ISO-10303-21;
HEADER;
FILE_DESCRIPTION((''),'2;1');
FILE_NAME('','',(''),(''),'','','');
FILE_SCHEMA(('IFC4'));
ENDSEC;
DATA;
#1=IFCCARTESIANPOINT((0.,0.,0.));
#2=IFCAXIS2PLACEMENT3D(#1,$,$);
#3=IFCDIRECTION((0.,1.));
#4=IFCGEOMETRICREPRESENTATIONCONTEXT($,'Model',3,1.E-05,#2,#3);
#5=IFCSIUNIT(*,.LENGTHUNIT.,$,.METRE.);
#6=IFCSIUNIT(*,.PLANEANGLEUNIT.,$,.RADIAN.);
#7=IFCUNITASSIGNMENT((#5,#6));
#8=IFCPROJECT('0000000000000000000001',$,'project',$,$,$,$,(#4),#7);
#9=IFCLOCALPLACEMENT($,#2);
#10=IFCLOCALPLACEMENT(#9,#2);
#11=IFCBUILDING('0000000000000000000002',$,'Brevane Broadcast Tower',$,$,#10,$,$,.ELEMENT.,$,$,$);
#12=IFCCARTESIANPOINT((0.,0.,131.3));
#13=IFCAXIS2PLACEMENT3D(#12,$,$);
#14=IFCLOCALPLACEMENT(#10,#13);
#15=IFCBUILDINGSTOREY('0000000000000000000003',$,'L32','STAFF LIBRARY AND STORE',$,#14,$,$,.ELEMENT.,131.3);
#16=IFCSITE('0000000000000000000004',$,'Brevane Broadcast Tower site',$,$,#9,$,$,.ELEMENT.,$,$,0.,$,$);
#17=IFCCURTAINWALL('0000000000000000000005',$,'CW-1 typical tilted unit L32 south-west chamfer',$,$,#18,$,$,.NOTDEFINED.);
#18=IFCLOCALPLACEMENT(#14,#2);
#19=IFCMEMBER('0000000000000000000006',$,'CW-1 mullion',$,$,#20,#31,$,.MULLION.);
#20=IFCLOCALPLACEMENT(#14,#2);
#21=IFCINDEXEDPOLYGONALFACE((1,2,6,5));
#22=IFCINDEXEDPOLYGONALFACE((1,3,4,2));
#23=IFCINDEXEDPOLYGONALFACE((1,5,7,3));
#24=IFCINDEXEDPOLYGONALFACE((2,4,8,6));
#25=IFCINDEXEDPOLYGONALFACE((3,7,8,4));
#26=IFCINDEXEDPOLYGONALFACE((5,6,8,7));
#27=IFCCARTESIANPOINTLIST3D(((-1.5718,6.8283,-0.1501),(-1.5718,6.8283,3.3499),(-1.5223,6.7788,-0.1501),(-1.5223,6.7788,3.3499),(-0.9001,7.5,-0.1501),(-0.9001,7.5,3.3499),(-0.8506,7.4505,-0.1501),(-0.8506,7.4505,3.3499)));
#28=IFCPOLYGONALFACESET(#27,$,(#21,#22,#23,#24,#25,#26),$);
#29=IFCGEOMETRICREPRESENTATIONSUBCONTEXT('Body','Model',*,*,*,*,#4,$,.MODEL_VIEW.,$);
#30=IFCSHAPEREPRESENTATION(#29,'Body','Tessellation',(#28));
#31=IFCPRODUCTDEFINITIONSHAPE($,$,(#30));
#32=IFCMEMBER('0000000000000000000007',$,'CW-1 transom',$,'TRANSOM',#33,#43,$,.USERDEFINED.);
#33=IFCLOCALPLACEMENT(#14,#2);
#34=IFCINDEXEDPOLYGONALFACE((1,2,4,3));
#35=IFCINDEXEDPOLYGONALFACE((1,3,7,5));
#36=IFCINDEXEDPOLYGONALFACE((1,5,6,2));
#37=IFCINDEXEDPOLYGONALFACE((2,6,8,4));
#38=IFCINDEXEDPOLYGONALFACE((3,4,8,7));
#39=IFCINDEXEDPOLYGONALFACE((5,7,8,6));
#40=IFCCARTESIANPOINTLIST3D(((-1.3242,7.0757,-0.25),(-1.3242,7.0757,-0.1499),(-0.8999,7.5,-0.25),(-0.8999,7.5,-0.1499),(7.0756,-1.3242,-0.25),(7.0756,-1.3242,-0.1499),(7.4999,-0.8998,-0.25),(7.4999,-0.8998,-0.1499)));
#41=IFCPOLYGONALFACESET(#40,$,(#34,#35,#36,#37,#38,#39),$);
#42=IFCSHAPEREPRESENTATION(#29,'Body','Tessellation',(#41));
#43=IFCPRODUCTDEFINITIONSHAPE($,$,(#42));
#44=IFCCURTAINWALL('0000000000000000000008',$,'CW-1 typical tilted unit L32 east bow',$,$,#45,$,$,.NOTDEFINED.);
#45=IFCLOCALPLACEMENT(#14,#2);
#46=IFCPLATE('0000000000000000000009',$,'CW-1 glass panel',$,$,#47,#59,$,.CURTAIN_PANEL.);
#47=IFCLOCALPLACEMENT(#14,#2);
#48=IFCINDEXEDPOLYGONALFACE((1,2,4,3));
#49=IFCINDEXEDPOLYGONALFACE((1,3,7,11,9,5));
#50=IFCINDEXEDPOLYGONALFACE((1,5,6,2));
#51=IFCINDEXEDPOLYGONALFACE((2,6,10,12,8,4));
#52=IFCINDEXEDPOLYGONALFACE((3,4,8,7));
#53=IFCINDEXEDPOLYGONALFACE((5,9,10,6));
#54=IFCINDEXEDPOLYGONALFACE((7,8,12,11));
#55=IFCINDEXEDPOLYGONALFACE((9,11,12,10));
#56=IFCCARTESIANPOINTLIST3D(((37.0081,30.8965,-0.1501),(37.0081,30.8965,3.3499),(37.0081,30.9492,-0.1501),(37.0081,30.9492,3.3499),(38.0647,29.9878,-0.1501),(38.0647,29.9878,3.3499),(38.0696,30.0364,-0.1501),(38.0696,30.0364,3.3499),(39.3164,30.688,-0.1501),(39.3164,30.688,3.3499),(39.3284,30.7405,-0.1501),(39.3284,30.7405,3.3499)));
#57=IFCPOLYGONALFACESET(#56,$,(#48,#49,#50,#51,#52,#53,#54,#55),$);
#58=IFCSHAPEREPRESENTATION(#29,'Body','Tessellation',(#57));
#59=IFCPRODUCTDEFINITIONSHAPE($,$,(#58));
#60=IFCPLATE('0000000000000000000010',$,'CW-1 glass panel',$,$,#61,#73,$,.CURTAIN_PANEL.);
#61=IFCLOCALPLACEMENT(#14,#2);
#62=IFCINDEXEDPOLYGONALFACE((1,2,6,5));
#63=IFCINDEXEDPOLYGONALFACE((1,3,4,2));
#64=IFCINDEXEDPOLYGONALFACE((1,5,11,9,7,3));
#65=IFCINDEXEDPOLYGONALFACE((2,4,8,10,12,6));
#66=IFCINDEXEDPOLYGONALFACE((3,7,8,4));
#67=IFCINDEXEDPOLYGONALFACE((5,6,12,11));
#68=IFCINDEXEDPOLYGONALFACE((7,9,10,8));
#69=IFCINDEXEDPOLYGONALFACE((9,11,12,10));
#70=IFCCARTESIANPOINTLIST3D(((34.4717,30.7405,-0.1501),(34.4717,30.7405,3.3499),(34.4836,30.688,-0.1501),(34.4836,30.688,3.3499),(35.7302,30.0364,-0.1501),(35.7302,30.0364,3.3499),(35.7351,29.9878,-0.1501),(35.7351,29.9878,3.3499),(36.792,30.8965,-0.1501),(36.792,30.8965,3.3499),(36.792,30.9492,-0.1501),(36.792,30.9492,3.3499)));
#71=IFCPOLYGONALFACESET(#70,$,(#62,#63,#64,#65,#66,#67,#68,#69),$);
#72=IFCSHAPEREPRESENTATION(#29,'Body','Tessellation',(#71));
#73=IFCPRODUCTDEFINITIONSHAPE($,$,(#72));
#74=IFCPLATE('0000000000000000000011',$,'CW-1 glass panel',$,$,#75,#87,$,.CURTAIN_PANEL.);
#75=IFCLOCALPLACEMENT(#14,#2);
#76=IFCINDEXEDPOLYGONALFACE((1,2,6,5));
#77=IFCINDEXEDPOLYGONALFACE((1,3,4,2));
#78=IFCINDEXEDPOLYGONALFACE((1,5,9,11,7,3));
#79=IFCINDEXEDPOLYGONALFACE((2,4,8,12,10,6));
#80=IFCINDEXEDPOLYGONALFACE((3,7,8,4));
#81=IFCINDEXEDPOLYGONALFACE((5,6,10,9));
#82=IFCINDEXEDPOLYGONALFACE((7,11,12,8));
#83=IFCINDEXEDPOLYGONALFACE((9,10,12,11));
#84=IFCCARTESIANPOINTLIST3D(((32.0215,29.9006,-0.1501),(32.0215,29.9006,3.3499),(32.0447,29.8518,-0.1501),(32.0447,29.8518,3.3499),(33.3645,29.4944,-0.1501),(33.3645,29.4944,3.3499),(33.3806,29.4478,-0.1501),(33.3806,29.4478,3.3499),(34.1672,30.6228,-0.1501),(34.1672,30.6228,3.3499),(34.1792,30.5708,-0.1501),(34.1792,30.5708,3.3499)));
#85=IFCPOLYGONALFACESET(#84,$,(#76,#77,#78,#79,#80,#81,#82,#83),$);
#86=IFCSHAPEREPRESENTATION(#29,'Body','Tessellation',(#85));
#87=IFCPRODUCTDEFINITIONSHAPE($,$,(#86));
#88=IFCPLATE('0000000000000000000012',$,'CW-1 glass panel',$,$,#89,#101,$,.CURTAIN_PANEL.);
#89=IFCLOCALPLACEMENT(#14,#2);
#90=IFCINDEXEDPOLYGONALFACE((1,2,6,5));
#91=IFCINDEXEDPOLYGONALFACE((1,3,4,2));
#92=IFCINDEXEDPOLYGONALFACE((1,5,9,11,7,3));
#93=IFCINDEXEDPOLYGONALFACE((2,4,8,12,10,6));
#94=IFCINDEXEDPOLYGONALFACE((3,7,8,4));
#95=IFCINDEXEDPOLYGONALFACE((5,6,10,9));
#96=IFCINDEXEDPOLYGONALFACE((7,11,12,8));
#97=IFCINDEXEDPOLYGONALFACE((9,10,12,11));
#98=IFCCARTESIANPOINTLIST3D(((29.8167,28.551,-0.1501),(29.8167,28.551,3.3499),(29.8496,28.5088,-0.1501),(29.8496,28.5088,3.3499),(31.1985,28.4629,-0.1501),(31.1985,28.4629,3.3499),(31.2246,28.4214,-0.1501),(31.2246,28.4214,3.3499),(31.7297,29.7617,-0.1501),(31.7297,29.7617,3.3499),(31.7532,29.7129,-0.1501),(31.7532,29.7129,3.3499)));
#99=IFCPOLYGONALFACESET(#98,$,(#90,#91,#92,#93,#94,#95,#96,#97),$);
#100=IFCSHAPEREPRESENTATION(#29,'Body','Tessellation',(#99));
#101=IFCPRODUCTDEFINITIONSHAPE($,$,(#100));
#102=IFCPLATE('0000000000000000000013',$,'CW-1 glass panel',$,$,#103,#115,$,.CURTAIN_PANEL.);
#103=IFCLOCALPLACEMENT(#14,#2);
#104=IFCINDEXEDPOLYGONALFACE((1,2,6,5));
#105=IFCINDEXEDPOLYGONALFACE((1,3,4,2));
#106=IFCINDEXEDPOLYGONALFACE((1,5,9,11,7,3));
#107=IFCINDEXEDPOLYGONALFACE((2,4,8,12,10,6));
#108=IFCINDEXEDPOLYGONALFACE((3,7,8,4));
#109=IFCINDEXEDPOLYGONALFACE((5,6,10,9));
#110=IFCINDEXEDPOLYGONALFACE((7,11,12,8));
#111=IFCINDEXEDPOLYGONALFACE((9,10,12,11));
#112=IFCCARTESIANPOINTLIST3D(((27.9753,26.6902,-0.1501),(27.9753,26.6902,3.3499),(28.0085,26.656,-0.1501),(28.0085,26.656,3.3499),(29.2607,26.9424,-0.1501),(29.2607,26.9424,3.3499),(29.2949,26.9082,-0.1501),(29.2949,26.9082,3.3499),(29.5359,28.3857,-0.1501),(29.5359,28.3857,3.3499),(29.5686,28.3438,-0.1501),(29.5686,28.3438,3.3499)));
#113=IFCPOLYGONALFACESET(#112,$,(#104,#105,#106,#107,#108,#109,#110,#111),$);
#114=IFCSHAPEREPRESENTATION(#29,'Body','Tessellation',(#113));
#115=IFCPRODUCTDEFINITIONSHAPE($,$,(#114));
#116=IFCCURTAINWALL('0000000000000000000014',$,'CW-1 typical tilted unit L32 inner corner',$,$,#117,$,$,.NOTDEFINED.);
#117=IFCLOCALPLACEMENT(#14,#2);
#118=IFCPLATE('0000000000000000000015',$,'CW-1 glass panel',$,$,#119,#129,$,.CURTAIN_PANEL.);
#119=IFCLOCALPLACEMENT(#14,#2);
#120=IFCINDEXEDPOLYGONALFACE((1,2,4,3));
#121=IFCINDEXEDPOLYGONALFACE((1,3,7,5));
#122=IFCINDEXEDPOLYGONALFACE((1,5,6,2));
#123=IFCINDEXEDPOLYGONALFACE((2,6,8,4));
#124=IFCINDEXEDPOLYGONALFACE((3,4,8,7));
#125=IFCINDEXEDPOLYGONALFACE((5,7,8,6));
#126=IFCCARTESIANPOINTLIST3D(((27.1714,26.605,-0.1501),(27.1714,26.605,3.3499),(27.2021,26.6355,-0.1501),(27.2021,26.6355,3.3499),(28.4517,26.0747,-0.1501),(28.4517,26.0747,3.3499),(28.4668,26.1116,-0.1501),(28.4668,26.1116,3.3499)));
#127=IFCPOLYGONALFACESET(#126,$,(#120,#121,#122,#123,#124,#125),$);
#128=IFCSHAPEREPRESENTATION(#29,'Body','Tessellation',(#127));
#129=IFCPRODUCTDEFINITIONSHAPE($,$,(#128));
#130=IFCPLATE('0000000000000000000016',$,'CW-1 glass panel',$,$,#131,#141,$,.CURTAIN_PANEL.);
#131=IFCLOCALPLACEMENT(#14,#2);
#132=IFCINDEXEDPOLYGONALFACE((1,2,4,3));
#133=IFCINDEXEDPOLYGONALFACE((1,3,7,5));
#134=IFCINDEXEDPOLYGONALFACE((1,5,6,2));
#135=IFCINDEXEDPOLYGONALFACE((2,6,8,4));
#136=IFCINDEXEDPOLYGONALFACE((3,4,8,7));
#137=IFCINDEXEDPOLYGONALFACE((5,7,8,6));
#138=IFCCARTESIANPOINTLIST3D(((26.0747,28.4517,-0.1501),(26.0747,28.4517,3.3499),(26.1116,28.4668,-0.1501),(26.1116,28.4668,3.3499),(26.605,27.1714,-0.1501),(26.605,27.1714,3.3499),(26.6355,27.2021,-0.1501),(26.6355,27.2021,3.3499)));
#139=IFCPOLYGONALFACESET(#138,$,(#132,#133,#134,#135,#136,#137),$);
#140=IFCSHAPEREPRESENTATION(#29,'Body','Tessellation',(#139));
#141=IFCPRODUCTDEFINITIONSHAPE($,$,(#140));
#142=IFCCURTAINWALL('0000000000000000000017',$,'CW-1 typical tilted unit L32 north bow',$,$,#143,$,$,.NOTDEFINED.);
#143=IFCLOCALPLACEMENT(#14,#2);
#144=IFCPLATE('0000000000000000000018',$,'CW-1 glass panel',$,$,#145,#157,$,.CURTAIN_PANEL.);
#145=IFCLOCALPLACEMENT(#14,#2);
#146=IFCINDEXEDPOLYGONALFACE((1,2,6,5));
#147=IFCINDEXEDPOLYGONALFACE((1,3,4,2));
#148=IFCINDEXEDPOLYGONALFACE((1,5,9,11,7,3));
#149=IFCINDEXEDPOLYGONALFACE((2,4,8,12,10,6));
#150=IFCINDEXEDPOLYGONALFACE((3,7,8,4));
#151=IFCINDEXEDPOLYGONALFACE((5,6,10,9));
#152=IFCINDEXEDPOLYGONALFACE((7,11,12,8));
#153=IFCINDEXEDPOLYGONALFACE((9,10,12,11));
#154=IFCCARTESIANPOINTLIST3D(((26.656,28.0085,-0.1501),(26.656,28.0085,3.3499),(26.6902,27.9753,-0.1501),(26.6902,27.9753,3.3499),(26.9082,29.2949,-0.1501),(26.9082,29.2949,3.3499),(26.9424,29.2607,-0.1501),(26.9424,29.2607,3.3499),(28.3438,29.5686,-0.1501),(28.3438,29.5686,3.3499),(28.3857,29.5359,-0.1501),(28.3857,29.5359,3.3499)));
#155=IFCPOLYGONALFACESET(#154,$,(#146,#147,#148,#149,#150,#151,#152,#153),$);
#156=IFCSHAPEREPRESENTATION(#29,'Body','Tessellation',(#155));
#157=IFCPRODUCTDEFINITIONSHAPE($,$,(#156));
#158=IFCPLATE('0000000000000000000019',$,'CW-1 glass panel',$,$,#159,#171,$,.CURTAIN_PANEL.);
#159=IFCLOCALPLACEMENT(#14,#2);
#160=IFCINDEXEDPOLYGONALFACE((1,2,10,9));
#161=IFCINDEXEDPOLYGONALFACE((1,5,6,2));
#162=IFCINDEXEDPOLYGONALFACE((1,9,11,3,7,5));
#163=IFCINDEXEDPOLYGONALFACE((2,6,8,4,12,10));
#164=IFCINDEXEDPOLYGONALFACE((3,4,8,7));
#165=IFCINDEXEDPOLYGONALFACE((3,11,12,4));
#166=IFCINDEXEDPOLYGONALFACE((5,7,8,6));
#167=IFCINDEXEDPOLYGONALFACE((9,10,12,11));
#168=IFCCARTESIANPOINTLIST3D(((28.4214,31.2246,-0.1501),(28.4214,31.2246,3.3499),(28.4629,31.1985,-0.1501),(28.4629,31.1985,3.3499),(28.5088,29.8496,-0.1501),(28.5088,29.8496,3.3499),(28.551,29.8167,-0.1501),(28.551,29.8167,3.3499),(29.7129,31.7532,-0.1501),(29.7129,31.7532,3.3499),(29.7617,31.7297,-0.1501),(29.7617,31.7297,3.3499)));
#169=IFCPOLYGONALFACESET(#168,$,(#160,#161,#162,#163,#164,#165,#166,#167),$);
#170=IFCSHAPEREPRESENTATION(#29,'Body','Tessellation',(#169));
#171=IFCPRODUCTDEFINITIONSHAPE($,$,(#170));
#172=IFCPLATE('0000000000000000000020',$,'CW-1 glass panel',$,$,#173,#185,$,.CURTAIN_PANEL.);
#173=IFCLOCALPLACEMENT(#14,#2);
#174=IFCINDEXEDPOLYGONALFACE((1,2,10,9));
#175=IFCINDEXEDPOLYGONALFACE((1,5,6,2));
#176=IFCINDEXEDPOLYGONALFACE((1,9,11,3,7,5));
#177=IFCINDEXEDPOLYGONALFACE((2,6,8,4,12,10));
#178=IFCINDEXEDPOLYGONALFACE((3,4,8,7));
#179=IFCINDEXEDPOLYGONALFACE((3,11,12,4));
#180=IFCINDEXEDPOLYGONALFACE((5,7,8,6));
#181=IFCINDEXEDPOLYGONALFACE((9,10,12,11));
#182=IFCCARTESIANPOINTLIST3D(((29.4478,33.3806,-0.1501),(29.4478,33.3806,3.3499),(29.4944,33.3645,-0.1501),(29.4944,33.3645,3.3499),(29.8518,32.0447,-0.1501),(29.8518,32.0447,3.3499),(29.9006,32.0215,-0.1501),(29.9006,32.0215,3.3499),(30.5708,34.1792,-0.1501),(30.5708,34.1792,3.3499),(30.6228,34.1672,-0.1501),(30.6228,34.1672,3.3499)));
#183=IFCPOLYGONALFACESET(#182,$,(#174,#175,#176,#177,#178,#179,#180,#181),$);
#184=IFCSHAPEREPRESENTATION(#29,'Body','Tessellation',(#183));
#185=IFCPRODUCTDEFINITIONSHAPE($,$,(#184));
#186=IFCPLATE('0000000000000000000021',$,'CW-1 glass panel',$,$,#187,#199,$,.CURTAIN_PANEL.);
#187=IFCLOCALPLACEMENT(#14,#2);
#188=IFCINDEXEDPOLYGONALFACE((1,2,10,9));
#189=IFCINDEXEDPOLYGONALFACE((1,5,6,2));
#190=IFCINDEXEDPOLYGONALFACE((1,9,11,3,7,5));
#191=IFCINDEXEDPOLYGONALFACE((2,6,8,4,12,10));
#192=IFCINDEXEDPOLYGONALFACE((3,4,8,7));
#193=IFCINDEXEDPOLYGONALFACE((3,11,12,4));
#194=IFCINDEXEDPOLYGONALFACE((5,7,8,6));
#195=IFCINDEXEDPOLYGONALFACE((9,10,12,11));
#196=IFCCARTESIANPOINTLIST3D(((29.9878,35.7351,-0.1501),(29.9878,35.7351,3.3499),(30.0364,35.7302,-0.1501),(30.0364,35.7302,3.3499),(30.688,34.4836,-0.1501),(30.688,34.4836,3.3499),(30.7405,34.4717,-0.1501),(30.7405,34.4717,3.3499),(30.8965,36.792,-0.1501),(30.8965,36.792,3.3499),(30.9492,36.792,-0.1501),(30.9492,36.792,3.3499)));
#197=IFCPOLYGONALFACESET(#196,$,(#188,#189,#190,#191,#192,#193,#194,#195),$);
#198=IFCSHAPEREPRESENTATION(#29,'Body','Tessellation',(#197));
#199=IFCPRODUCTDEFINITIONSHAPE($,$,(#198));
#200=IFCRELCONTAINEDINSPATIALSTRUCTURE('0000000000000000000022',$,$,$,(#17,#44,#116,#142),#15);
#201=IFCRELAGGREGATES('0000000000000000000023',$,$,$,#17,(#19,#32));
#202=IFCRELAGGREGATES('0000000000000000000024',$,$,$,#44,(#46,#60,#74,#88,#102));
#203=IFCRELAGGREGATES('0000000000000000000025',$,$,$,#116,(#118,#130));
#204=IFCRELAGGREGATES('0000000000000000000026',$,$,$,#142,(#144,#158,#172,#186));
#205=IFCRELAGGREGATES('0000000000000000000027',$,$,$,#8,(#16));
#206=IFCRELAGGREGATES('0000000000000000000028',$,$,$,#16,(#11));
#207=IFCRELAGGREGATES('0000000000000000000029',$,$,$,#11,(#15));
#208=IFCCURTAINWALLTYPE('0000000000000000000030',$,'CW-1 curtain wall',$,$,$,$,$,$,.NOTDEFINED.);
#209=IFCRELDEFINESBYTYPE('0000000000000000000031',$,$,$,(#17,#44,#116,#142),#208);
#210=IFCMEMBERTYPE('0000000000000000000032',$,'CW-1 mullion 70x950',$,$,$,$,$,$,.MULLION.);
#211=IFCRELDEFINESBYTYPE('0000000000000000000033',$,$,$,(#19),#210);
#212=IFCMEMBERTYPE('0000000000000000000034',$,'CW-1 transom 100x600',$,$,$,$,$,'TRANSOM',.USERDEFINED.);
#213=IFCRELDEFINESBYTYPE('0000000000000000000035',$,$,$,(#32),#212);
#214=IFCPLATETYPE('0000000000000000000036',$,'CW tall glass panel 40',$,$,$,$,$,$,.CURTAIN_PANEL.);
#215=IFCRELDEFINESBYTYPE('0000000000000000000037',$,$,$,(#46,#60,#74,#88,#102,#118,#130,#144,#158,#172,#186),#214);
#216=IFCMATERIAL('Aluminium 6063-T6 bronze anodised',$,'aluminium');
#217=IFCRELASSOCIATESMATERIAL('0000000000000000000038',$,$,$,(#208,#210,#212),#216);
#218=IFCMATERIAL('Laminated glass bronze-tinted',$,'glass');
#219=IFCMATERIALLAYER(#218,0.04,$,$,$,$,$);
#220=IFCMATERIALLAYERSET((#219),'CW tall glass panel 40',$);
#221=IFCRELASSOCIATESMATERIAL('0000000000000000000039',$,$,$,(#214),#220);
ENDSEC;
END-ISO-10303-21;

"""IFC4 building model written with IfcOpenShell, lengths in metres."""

from ifc_helpers import new_model, si_unit, direction, frame, origin, origin_2d, place, context, subcontext, project, spatial, polyline, rectangle, outline, extrude, material, layer, layer_set, material_profile, profile_set, type_object, element, aggregate, save


model = new_model("IFC4")

# Units and contexts
model_context = context("Model", 3, precision=1e-05, world=origin(), true_north=direction((0.0, 1.0)))
body_context = subcontext(model_context, "Body", "Model", "MODEL_VIEW")
ifc_project = project(units=[si_unit("LENGTHUNIT", "METRE"), si_unit("PLANEANGLEUNIT", "RADIAN")], contexts=[model_context])

# Site, building, storey
site_placement = place(None, origin())
site = spatial("IfcSite", under=ifc_project, at=site_placement, Name="Brevane Broadcast Tower site", CompositionType="ELEMENT", RefElevation=0.0)
building_placement = place(site_placement, origin())
building = spatial("IfcBuilding", under=site, at=building_placement, Name="Brevane Broadcast Tower", CompositionType="ELEMENT")
storey_placement = place(building_placement, frame((0.0, 0.0, 131.3)))
storey = spatial("IfcBuildingStorey", under=building, at=storey_placement, Name="L32", Description="STAFF LIBRARY AND STORE", CompositionType="ELEMENT", Elevation=131.3)

# Curtain wall, members
ifc_material_1 = material(Name="Aluminium 6063-T6 bronze anodised", Category="aluminium")
curtain_wall_type = type_object("IfcCurtainWallType", Name="CW-1 curtain wall", PredefinedType="NOTDEFINED", material=ifc_material_1)
curtain_wall_1_placement = place(storey_placement, origin())
curtain_wall_1 = element("IfcCurtainWall", 1, at=curtain_wall_1_placement, inside=storey, type_object=curtain_wall_type, Name="CW-1 typical tilted unit L32 south-west chamfer", PredefinedType="NOTDEFINED")
ifc_material_profile_1 = material_profile(ifc_material_1, rectangle(XDim=0.95, YDim=0.0701, at=origin_2d()), Name="RECT 70x950")
ifc_profile_set_1 = profile_set([ifc_material_profile_1], Name="Aluminium 6063-T6 bronze anodised")
member_type_1 = type_object("IfcMemberType", Name="CW-1 mullion 70x950", PredefinedType="MULLION", material=ifc_profile_set_1)
member_1_placement = place(storey_placement, frame((-1.2112, 7.1394, -0.1501), z_axis=(0.0, 0.0, 1.0), x_axis=(0.707107, 0.707107, 0.0)))
member_1 = element("IfcMember", 2, at=member_1_placement, type_object=member_type_1, Name="CW-1 mullion", PredefinedType="MULLION", context=body_context, shape_type="SweptSolid", body=[
    extrude(rectangle(XDim=0.95, YDim=0.0701, at=origin_2d()), origin(), (0.0, 0.0, 1.0), 3.5),
])
ifc_material_profile_2 = material_profile(ifc_material_1, rectangle(XDim=0.6001, YDim=0.1001, at=origin_2d()), Name="RECT 100x600")
ifc_profile_set_2 = profile_set([ifc_material_profile_2], Name="Aluminium 6063-T6 bronze anodised")
member_type_2 = type_object("IfcMemberType", Name="CW-1 transom 100x600", ElementType="TRANSOM", PredefinedType="USERDEFINED", material=ifc_profile_set_2)
member_2_placement = place(storey_placement, frame((-1.1121, 7.2878, -0.2), z_axis=(0.707107, -0.707107, 0.0), x_axis=(0.707107, 0.707107, 0.0)))
member_2 = element("IfcMember", 3, at=member_2_placement, type_object=member_type_2, Name="CW-1 transom", ObjectType="TRANSOM", PredefinedType="USERDEFINED", context=body_context, shape_type="SweptSolid", body=[
    extrude(rectangle(XDim=0.6001, YDim=0.1001, at=origin_2d()), origin(), (0.0, 0.0, 1.0), 11.8792),
])
aggregate(curtain_wall_1, [member_1, member_2])

# Curtain walls, plates
curtain_wall_2_placement = place(storey_placement, origin())
curtain_wall_2 = element("IfcCurtainWall", 4, at=curtain_wall_2_placement, inside=storey, type_object=curtain_wall_type, Name="CW-1 typical tilted unit L32 east bow", PredefinedType="NOTDEFINED")
ifc_material_2 = material(Name="Laminated glass bronze-tinted", Category="glass")
ifc_layer = layer(ifc_material_2, 0.04)
ifc_layer_set = layer_set([ifc_layer], Name="CW tall glass panel 40")
plate_type = type_object("IfcPlateType", Name="CW tall glass panel 40", PredefinedType="CURTAIN_PANEL", material=ifc_layer_set)
plate_1_placement = place(storey_placement, frame((0.0, 0.0, -0.1501)))
plate_1 = element("IfcPlate", 5, at=plate_1_placement, type_object=plate_type, Name="CW-1 glass panel", PredefinedType="CURTAIN_PANEL", context=body_context, shape_type="SweptSolid", body=[
    extrude(outline(polyline([(39.3164, 30.688), (39.3284, 30.7405), (38.0696, 30.0364), (37.0081, 30.9492), (37.0081, 30.8965), (38.0647, 29.9878), (39.3164, 30.688)])), origin(), (0.0, 0.0, 1.0), 3.5),
])
plate_2_placement = place(storey_placement, frame((0.0, 0.0, -0.1501)))
plate_2 = element("IfcPlate", 6, at=plate_2_placement, type_object=plate_type, Name="CW-1 glass panel", PredefinedType="CURTAIN_PANEL", context=body_context, shape_type="SweptSolid", body=[
    extrude(outline(polyline([(36.792, 30.8965), (36.792, 30.9492), (35.7302, 30.0364), (34.4717, 30.7405), (34.4836, 30.688), (35.7351, 29.9878), (36.792, 30.8965)])), origin(), (0.0, 0.0, 1.0), 3.5),
])
plate_3_placement = place(storey_placement, frame((0.0, 0.0, -0.1501)))
plate_3 = element("IfcPlate", 7, at=plate_3_placement, type_object=plate_type, Name="CW-1 glass panel", PredefinedType="CURTAIN_PANEL", context=body_context, shape_type="SweptSolid", body=[
    extrude(outline(polyline([(34.1792, 30.5708), (34.1672, 30.6228), (33.3645, 29.4944), (32.0215, 29.9006), (32.0447, 29.8518), (33.3806, 29.4478), (34.1792, 30.5708)])), origin(), (0.0, 0.0, 1.0), 3.5),
])
plate_4_placement = place(storey_placement, frame((0.0, 0.0, -0.1501)))
plate_4 = element("IfcPlate", 8, at=plate_4_placement, type_object=plate_type, Name="CW-1 glass panel", PredefinedType="CURTAIN_PANEL", context=body_context, shape_type="SweptSolid", body=[
    extrude(outline(polyline([(31.7532, 29.7129), (31.7297, 29.7617), (31.1985, 28.4629), (29.8167, 28.551), (29.8496, 28.5088), (31.2246, 28.4214), (31.7532, 29.7129)])), origin(), (0.0, 0.0, 1.0), 3.5),
])
plate_5_placement = place(storey_placement, frame((0.0, 0.0, -0.1501)))
plate_5 = element("IfcPlate", 9, at=plate_5_placement, type_object=plate_type, Name="CW-1 glass panel", PredefinedType="CURTAIN_PANEL", context=body_context, shape_type="SweptSolid", body=[
    extrude(outline(polyline([(29.5686, 28.3438), (29.5359, 28.3857), (29.2607, 26.9424), (27.9753, 26.6902), (28.0085, 26.656), (29.2949, 26.9082), (29.5686, 28.3438)])), origin(), (0.0, 0.0, 1.0), 3.5),
])
aggregate(curtain_wall_2, [plate_1, plate_2, plate_3, plate_4, plate_5])
curtain_wall_3_placement = place(storey_placement, origin())
curtain_wall_3 = element("IfcCurtainWall", 10, at=curtain_wall_3_placement, inside=storey, type_object=curtain_wall_type, Name="CW-1 typical tilted unit L32 inner corner", PredefinedType="NOTDEFINED")
plate_6_placement = place(storey_placement, frame((0.0, 0.0, -0.1501)))
plate_6 = element("IfcPlate", 11, at=plate_6_placement, type_object=plate_type, Name="CW-1 glass panel", PredefinedType="CURTAIN_PANEL", context=body_context, shape_type="SweptSolid", body=[
    extrude(outline(polyline([(28.4517, 26.0747), (28.4668, 26.1116), (27.2021, 26.6355), (27.1714, 26.605), (28.4517, 26.0747)])), origin(), (0.0, 0.0, 1.0), 3.5),
])
plate_7_placement = place(storey_placement, frame((0.0, 0.0, -0.1501)))
plate_7 = element("IfcPlate", 12, at=plate_7_placement, type_object=plate_type, Name="CW-1 glass panel", PredefinedType="CURTAIN_PANEL", context=body_context, shape_type="SweptSolid", body=[
    extrude(outline(polyline([(26.605, 27.1714), (26.6355, 27.2021), (26.1116, 28.4668), (26.0747, 28.4517), (26.605, 27.1714)])), origin(), (0.0, 0.0, 1.0), 3.5),
])
aggregate(curtain_wall_3, [plate_6, plate_7])
curtain_wall_4_placement = place(storey_placement, origin())
curtain_wall_4 = element("IfcCurtainWall", 13, at=curtain_wall_4_placement, inside=storey, type_object=curtain_wall_type, Name="CW-1 typical tilted unit L32 north bow", PredefinedType="NOTDEFINED")
plate_8_placement = place(storey_placement, frame((0.0, 0.0, -0.1501)))
plate_8 = element("IfcPlate", 14, at=plate_8_placement, type_object=plate_type, Name="CW-1 glass panel", PredefinedType="CURTAIN_PANEL", context=body_context, shape_type="SweptSolid", body=[
    extrude(outline(polyline([(26.656, 28.0085), (26.6902, 27.9753), (26.9424, 29.2607), (28.3857, 29.5359), (28.3438, 29.5686), (26.9082, 29.2949), (26.656, 28.0085)])), origin(), (0.0, 0.0, 1.0), 3.5),
])
plate_9_placement = place(storey_placement, frame((0.0, 0.0, -0.1501)))
plate_9 = element("IfcPlate", 15, at=plate_9_placement, type_object=plate_type, Name="CW-1 glass panel", PredefinedType="CURTAIN_PANEL", context=body_context, shape_type="SweptSolid", body=[
    extrude(outline(polyline([(28.5088, 29.8496), (28.551, 29.8167), (28.4629, 31.1985), (29.7617, 31.7297), (29.7129, 31.7532), (28.4214, 31.2246), (28.5088, 29.8496)])), origin(), (0.0, 0.0, 1.0), 3.5),
])
plate_10_placement = place(storey_placement, frame((0.0, 0.0, -0.1501)))
plate_10 = element("IfcPlate", 16, at=plate_10_placement, type_object=plate_type, Name="CW-1 glass panel", PredefinedType="CURTAIN_PANEL", context=body_context, shape_type="SweptSolid", body=[
    extrude(outline(polyline([(29.8518, 32.0447), (29.9006, 32.0215), (29.4944, 33.3645), (30.6228, 34.1672), (30.5708, 34.1792), (29.4478, 33.3806), (29.8518, 32.0447)])), origin(), (0.0, 0.0, 1.0), 3.5),
])
plate_11_placement = place(storey_placement, frame((0.0, 0.0, -0.1501)))
plate_11 = element("IfcPlate", 17, at=plate_11_placement, type_object=plate_type, Name="CW-1 glass panel", PredefinedType="CURTAIN_PANEL", context=body_context, shape_type="SweptSolid", body=[
    extrude(outline(polyline([(30.688, 34.4836), (30.7405, 34.4717), (30.0364, 35.7302), (30.9492, 36.792), (30.8965, 36.792), (29.9878, 35.7351), (30.688, 34.4836)])), origin(), (0.0, 0.0, 1.0), 3.5),
])
aggregate(curtain_wall_4, [plate_8, plate_9, plate_10, plate_11])

save(model, "model.ifc")
